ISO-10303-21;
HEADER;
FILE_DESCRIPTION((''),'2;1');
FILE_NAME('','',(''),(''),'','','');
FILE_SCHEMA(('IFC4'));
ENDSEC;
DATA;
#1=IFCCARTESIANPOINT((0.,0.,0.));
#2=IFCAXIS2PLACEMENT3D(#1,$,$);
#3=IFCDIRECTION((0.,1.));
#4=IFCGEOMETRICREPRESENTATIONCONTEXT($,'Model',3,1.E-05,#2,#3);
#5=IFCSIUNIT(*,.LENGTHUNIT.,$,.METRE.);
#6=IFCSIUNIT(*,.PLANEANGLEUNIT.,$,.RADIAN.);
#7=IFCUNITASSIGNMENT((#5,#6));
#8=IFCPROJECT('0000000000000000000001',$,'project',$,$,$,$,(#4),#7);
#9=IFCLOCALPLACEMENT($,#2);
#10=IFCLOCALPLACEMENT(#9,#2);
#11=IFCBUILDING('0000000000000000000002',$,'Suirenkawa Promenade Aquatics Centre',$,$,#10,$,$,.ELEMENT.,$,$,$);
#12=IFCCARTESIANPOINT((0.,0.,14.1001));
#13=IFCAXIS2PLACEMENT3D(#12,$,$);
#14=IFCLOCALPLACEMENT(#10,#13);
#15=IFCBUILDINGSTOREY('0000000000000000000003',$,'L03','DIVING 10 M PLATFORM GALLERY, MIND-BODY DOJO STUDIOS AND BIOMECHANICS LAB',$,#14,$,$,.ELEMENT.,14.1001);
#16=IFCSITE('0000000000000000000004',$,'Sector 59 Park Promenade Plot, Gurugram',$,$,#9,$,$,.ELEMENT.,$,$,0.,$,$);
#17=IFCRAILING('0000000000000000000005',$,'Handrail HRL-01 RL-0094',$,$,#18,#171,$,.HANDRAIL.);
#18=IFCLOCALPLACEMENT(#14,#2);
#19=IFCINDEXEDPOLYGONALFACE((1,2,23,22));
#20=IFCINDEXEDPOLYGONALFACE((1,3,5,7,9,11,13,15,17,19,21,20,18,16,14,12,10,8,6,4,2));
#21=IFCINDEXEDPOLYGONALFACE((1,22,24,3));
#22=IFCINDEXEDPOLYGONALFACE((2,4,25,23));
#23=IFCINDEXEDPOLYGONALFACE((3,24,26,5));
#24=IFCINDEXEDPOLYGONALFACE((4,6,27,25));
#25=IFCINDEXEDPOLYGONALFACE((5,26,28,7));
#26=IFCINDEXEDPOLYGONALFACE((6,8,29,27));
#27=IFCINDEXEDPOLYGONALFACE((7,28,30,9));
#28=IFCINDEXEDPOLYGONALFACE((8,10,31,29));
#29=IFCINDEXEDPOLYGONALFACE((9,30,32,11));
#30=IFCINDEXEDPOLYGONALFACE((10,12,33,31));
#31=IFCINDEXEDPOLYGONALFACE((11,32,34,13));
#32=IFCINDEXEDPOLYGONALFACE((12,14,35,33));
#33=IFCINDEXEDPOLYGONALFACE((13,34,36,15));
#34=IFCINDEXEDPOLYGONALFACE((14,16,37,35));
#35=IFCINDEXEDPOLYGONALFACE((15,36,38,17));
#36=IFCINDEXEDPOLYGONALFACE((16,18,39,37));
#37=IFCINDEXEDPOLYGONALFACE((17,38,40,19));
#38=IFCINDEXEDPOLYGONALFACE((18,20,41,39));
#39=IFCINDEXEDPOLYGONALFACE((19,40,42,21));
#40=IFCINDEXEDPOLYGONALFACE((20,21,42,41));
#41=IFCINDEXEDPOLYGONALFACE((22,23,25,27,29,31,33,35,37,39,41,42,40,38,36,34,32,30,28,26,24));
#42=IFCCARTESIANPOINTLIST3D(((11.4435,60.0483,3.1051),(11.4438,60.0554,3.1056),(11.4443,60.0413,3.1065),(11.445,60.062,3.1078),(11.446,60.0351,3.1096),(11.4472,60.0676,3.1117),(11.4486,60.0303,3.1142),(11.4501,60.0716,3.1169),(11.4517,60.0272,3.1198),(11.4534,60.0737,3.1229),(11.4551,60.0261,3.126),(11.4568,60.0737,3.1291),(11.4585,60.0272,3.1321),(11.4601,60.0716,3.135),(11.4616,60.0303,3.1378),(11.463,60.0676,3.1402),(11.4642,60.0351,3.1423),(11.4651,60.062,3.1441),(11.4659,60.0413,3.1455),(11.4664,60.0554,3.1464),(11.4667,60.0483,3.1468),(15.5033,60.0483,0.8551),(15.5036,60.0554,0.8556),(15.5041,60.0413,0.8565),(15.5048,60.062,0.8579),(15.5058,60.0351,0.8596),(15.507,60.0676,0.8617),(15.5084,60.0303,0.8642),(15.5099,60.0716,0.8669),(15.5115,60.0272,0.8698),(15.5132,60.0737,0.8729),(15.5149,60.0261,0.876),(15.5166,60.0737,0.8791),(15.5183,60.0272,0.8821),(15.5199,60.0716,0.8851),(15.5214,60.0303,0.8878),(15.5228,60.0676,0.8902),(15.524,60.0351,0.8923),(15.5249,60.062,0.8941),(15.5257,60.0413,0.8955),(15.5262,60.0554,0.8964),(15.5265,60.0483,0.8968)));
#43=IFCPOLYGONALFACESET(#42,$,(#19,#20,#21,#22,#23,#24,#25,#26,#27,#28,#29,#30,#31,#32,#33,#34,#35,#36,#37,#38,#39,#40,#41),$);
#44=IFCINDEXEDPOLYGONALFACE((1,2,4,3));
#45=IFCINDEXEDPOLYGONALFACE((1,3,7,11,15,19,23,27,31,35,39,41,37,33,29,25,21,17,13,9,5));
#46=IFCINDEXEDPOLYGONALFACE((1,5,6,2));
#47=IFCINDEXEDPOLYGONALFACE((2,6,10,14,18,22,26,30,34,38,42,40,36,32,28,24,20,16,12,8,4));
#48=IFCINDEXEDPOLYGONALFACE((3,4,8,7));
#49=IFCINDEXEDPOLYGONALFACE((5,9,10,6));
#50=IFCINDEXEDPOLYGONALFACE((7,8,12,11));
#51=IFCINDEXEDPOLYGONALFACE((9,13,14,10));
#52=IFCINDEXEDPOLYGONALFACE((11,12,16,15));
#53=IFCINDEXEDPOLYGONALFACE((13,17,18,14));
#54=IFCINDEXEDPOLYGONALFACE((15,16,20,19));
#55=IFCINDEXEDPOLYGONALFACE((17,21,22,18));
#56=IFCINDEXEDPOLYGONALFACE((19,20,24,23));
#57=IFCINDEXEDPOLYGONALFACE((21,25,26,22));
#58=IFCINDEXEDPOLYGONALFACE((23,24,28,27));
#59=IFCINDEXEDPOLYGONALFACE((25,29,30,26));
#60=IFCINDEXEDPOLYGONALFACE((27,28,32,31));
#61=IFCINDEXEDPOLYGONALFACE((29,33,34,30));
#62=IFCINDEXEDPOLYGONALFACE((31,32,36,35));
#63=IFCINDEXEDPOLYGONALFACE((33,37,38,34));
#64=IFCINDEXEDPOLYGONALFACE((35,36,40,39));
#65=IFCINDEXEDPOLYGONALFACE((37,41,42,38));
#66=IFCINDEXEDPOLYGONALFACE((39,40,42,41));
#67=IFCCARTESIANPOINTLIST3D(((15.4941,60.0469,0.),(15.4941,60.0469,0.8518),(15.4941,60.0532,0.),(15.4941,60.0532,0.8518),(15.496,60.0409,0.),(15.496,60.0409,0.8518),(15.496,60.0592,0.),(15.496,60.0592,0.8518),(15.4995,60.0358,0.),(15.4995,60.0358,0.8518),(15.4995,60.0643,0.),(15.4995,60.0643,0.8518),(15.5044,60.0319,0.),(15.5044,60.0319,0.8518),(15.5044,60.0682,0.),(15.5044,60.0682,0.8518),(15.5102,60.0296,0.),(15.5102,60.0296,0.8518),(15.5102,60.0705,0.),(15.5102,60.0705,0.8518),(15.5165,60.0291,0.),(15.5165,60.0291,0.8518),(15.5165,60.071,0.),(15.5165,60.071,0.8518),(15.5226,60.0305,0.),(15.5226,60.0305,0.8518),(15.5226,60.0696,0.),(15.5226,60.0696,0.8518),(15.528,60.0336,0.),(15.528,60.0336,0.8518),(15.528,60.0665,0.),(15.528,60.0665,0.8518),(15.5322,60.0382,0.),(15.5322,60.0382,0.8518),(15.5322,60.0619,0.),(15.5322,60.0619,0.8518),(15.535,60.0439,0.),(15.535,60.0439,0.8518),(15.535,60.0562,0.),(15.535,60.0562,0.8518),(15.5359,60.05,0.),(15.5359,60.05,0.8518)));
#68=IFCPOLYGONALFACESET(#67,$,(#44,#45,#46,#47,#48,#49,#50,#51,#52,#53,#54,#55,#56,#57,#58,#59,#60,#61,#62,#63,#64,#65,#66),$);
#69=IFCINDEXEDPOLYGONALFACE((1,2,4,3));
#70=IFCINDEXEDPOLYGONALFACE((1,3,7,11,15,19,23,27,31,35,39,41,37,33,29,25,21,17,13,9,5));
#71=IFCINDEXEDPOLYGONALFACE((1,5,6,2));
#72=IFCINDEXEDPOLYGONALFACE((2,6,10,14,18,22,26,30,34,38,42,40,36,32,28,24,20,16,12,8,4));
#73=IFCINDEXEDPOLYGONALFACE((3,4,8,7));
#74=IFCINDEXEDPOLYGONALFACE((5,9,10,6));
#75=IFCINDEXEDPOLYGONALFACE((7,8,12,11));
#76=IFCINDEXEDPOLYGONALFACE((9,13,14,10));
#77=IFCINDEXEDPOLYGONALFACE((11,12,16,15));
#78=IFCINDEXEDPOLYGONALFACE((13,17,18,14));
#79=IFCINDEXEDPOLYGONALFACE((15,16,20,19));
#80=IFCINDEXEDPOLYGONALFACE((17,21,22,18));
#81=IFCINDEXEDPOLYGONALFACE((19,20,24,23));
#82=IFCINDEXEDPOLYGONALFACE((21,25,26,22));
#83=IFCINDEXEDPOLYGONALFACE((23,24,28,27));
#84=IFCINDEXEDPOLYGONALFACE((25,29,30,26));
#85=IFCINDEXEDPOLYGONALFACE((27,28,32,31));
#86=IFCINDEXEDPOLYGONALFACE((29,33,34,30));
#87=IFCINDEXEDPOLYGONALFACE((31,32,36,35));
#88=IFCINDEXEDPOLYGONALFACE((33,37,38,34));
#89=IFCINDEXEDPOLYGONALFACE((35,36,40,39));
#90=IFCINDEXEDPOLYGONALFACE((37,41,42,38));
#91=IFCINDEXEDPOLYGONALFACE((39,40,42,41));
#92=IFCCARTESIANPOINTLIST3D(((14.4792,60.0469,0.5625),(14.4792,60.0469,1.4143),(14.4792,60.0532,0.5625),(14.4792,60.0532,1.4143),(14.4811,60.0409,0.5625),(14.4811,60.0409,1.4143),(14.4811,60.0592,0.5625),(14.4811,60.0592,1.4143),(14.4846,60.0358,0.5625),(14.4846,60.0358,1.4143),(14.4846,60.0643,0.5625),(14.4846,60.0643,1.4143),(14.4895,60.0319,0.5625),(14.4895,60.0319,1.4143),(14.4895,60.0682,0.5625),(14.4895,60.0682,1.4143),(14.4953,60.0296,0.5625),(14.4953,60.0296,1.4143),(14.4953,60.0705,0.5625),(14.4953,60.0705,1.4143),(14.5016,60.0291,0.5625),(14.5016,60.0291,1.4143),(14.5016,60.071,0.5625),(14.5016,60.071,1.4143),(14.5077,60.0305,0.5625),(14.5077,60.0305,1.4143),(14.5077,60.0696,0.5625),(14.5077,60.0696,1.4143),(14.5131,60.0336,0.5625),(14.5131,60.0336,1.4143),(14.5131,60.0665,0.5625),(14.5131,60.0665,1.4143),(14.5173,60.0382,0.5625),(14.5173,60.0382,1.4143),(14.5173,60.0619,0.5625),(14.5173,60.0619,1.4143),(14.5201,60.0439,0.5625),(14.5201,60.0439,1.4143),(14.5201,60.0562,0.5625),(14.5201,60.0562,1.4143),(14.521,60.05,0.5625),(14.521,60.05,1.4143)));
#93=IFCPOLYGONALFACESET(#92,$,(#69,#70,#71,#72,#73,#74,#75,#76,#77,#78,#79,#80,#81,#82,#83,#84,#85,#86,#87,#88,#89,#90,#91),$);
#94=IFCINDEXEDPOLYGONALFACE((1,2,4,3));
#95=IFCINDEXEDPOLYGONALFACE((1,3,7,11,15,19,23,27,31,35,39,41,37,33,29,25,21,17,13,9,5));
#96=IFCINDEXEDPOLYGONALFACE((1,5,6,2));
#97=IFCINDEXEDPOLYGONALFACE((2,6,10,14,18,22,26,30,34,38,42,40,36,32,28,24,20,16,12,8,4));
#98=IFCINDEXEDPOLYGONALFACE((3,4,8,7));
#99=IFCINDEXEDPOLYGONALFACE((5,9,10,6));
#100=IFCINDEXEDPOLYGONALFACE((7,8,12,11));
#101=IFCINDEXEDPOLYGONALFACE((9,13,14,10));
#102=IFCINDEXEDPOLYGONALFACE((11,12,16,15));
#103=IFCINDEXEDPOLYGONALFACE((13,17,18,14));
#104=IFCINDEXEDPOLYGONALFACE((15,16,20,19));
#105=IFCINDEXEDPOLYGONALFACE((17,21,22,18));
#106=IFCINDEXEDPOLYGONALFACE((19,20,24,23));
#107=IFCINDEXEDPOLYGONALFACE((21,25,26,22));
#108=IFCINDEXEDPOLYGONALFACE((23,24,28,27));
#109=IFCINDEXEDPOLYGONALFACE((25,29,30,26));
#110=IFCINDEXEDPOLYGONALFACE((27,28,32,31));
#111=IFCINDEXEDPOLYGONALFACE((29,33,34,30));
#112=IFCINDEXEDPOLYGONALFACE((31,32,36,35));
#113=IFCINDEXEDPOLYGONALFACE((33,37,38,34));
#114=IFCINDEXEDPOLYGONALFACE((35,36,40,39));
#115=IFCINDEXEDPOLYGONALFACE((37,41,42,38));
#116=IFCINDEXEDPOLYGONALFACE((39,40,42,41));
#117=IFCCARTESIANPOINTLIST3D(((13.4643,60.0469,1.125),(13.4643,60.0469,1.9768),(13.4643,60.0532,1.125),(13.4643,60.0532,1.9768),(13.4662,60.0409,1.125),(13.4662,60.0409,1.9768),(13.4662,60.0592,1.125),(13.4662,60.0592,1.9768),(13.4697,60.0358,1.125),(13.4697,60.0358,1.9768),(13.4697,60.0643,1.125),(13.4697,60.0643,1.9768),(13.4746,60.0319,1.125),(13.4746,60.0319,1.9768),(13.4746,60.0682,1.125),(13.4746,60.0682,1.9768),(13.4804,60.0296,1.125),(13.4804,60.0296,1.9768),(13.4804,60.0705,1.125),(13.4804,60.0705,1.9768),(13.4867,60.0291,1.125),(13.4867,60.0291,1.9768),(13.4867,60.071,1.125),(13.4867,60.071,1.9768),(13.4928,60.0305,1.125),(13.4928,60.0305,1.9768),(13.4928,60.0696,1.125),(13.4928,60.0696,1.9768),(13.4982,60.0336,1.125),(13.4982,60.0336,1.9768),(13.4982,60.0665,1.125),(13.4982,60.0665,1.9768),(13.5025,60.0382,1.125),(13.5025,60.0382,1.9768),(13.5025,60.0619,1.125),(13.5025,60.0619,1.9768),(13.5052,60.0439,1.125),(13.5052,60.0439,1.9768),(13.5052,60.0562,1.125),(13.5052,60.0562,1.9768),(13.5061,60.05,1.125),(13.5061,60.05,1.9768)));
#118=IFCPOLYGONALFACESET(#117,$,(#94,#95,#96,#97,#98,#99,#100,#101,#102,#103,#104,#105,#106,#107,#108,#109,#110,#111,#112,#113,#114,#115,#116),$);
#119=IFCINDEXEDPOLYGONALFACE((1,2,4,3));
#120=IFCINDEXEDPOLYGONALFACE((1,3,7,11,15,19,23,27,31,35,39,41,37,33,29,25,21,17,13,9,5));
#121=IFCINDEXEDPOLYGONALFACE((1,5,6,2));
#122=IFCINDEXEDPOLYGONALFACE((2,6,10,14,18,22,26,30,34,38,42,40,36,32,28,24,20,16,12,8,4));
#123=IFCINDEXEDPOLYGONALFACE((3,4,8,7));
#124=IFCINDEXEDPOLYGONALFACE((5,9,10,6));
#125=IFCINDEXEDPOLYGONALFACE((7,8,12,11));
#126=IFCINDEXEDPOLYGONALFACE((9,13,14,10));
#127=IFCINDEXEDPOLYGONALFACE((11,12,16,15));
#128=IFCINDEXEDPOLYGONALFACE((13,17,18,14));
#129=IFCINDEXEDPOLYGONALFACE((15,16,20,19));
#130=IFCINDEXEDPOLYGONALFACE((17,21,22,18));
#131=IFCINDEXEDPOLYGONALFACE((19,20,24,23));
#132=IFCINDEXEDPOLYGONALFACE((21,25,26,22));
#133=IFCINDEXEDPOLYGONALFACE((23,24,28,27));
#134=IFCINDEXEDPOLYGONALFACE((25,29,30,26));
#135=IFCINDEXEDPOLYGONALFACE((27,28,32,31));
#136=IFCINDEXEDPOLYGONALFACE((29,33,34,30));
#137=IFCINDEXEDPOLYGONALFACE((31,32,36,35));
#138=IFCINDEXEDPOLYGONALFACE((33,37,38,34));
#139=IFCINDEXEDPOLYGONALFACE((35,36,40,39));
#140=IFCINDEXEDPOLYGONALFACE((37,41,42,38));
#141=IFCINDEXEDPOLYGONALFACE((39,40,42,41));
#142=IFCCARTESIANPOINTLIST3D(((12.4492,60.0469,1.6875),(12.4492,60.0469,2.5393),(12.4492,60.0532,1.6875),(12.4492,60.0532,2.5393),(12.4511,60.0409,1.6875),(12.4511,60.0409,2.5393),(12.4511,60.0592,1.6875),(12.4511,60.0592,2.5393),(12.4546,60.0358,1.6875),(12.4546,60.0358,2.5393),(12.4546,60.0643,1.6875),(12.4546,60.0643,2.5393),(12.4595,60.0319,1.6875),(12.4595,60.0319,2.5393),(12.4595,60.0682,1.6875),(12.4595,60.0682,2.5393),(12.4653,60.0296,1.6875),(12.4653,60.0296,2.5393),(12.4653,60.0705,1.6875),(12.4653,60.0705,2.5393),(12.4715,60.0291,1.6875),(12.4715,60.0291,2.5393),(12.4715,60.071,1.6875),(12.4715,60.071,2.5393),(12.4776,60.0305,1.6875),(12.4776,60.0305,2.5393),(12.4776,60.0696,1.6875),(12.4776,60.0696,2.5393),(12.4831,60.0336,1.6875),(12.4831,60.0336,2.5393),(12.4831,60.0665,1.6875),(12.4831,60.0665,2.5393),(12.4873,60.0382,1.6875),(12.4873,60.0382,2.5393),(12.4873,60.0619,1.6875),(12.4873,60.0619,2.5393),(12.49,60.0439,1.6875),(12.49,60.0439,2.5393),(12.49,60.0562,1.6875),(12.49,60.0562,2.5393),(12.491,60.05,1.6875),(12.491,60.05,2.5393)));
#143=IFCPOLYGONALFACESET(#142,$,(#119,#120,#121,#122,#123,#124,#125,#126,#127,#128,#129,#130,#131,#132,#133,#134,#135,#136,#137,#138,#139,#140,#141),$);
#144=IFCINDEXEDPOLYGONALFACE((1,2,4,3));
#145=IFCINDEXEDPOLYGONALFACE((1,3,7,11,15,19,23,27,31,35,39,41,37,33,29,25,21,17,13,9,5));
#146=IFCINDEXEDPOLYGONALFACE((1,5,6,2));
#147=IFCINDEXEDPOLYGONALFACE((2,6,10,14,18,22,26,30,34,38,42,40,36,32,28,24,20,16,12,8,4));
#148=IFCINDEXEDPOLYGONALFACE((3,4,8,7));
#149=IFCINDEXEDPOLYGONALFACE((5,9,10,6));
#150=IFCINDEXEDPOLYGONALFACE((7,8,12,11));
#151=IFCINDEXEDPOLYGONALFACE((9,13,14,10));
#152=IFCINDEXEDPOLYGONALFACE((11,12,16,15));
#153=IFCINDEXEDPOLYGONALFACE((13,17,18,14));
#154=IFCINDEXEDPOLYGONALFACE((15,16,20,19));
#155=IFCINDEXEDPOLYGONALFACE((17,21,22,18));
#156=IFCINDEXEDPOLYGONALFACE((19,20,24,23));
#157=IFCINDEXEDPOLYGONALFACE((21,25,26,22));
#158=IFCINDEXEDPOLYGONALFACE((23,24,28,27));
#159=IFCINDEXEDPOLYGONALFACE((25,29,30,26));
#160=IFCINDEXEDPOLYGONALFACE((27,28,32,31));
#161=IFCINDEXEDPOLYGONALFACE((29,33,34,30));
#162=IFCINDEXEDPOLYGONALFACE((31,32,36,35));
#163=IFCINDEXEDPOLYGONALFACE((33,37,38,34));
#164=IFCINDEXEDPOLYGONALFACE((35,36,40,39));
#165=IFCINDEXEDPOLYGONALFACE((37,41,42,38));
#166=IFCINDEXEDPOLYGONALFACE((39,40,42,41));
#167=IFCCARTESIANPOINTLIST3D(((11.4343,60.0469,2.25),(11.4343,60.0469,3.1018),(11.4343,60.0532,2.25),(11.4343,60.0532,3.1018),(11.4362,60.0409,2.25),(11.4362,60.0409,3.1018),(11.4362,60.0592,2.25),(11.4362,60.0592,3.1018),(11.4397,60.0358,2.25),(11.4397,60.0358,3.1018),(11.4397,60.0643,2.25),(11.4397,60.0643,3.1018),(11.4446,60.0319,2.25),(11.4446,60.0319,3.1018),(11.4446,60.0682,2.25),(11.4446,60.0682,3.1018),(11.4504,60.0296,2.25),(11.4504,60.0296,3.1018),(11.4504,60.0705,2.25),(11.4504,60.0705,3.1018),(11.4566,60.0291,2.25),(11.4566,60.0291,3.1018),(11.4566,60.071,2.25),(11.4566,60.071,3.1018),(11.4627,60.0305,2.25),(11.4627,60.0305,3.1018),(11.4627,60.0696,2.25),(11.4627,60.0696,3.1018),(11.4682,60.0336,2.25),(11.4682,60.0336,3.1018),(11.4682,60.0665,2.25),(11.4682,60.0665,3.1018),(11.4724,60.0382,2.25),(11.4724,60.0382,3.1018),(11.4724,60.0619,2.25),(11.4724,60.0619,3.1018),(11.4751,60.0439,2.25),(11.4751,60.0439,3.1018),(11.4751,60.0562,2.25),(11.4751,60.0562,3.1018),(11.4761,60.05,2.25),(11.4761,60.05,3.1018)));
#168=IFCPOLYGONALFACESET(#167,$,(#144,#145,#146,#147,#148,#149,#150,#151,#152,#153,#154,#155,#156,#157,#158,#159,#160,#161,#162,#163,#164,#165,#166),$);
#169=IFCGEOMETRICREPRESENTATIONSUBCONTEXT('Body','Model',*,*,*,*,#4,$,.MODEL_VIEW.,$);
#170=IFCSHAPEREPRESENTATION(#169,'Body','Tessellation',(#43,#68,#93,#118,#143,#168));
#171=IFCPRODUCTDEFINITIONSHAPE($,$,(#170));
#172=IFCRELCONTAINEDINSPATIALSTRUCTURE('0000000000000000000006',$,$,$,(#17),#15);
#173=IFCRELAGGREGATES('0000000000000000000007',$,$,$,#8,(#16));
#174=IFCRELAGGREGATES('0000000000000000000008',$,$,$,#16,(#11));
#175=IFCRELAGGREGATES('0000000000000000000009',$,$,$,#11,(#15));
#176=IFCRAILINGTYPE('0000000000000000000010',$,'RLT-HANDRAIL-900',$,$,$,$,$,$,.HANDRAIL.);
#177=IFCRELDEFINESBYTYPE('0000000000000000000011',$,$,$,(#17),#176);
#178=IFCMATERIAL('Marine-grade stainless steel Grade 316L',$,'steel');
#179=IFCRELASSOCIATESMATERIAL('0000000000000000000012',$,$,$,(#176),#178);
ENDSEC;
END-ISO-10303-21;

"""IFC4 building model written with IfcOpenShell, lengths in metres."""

from ifc_helpers import new_model, si_unit, direction, frame, origin, origin_2d, place, context, subcontext, project, spatial, circle, extrude, material, type_object, element, save


model = new_model("IFC4")

# Units and contexts
model_context = context("Model", 3, precision=1e-05, world=origin(), true_north=direction((0.0, 1.0)))
body_context = subcontext(model_context, "Body", "Model", "MODEL_VIEW")
ifc_project = project(units=[si_unit("LENGTHUNIT", "METRE"), si_unit("PLANEANGLEUNIT", "RADIAN")], contexts=[model_context])

# Site, building, storey
site_placement = place(None, origin())
site = spatial("IfcSite", under=ifc_project, at=site_placement, Name="Sector 59 Park Promenade Plot, Gurugram", CompositionType="ELEMENT", RefElevation=0.0)
building_placement = place(site_placement, origin())
building = spatial("IfcBuilding", under=site, at=building_placement, Name="Suirenkawa Promenade Aquatics Centre", CompositionType="ELEMENT")
storey_placement = place(building_placement, frame((0.0, 0.0, 14.1001)))
storey = spatial("IfcBuildingStorey", under=building, at=storey_placement, Name="L03", Description="DIVING 10 M PLATFORM GALLERY, MIND-BODY DOJO STUDIOS AND BIOMECHANICS LAB", CompositionType="ELEMENT", Elevation=14.1001)

# Shared definitions
ifc_material_1 = material(Name="Marine-grade stainless steel Grade 316L", Category="steel")

# Railing
railing_type_1 = type_object("IfcRailingType", Name="RLT-HANDRAIL-900", PredefinedType="HANDRAIL", material=ifc_material_1)
for number, where, name in (
    (1, (15.5149, 60.05, 0.0), "Handrail HRL-01 RL-0094"),
):
    element("IfcRailing", number, at=place(storey_placement, frame(where)), inside=storey, type_object=railing_type_1, Name=name, PredefinedType="HANDRAIL", context=body_context, shape_type="SweptSolid", body=[
        extrude(circle(Radius=0.0239, at=origin_2d()), frame((0.0, 0.0, 0.876), z_axis=(-0.874656, 0.0, 0.484745), x_axis=(0.0, -1.0, 0.0)), (0.0, 0.0, 1.0), 4.6416),
        extrude(circle(Radius=0.021, at=origin_2d()), origin(), (0.0, 0.0, 1.0), 0.8518),
        extrude(circle(Radius=0.021, at=origin_2d()), frame((-1.0149, 0.0, 0.5625)), (0.0, 0.0, 1.0), 0.8518),
        extrude(circle(Radius=0.021, at=origin_2d()), frame((-2.0298, 0.0, 1.125)), (0.0, 0.0, 1.0), 0.8518),
        extrude(circle(Radius=0.021, at=origin_2d()), frame((-3.0449, 0.0, 1.6875)), (0.0, 0.0, 1.0), 0.8518),
        extrude(circle(Radius=0.021, at=origin_2d()), frame((-4.0598, 0.0, 2.25)), (0.0, 0.0, 1.0), 0.8518),
    ])

save(model, "model.ifc")
